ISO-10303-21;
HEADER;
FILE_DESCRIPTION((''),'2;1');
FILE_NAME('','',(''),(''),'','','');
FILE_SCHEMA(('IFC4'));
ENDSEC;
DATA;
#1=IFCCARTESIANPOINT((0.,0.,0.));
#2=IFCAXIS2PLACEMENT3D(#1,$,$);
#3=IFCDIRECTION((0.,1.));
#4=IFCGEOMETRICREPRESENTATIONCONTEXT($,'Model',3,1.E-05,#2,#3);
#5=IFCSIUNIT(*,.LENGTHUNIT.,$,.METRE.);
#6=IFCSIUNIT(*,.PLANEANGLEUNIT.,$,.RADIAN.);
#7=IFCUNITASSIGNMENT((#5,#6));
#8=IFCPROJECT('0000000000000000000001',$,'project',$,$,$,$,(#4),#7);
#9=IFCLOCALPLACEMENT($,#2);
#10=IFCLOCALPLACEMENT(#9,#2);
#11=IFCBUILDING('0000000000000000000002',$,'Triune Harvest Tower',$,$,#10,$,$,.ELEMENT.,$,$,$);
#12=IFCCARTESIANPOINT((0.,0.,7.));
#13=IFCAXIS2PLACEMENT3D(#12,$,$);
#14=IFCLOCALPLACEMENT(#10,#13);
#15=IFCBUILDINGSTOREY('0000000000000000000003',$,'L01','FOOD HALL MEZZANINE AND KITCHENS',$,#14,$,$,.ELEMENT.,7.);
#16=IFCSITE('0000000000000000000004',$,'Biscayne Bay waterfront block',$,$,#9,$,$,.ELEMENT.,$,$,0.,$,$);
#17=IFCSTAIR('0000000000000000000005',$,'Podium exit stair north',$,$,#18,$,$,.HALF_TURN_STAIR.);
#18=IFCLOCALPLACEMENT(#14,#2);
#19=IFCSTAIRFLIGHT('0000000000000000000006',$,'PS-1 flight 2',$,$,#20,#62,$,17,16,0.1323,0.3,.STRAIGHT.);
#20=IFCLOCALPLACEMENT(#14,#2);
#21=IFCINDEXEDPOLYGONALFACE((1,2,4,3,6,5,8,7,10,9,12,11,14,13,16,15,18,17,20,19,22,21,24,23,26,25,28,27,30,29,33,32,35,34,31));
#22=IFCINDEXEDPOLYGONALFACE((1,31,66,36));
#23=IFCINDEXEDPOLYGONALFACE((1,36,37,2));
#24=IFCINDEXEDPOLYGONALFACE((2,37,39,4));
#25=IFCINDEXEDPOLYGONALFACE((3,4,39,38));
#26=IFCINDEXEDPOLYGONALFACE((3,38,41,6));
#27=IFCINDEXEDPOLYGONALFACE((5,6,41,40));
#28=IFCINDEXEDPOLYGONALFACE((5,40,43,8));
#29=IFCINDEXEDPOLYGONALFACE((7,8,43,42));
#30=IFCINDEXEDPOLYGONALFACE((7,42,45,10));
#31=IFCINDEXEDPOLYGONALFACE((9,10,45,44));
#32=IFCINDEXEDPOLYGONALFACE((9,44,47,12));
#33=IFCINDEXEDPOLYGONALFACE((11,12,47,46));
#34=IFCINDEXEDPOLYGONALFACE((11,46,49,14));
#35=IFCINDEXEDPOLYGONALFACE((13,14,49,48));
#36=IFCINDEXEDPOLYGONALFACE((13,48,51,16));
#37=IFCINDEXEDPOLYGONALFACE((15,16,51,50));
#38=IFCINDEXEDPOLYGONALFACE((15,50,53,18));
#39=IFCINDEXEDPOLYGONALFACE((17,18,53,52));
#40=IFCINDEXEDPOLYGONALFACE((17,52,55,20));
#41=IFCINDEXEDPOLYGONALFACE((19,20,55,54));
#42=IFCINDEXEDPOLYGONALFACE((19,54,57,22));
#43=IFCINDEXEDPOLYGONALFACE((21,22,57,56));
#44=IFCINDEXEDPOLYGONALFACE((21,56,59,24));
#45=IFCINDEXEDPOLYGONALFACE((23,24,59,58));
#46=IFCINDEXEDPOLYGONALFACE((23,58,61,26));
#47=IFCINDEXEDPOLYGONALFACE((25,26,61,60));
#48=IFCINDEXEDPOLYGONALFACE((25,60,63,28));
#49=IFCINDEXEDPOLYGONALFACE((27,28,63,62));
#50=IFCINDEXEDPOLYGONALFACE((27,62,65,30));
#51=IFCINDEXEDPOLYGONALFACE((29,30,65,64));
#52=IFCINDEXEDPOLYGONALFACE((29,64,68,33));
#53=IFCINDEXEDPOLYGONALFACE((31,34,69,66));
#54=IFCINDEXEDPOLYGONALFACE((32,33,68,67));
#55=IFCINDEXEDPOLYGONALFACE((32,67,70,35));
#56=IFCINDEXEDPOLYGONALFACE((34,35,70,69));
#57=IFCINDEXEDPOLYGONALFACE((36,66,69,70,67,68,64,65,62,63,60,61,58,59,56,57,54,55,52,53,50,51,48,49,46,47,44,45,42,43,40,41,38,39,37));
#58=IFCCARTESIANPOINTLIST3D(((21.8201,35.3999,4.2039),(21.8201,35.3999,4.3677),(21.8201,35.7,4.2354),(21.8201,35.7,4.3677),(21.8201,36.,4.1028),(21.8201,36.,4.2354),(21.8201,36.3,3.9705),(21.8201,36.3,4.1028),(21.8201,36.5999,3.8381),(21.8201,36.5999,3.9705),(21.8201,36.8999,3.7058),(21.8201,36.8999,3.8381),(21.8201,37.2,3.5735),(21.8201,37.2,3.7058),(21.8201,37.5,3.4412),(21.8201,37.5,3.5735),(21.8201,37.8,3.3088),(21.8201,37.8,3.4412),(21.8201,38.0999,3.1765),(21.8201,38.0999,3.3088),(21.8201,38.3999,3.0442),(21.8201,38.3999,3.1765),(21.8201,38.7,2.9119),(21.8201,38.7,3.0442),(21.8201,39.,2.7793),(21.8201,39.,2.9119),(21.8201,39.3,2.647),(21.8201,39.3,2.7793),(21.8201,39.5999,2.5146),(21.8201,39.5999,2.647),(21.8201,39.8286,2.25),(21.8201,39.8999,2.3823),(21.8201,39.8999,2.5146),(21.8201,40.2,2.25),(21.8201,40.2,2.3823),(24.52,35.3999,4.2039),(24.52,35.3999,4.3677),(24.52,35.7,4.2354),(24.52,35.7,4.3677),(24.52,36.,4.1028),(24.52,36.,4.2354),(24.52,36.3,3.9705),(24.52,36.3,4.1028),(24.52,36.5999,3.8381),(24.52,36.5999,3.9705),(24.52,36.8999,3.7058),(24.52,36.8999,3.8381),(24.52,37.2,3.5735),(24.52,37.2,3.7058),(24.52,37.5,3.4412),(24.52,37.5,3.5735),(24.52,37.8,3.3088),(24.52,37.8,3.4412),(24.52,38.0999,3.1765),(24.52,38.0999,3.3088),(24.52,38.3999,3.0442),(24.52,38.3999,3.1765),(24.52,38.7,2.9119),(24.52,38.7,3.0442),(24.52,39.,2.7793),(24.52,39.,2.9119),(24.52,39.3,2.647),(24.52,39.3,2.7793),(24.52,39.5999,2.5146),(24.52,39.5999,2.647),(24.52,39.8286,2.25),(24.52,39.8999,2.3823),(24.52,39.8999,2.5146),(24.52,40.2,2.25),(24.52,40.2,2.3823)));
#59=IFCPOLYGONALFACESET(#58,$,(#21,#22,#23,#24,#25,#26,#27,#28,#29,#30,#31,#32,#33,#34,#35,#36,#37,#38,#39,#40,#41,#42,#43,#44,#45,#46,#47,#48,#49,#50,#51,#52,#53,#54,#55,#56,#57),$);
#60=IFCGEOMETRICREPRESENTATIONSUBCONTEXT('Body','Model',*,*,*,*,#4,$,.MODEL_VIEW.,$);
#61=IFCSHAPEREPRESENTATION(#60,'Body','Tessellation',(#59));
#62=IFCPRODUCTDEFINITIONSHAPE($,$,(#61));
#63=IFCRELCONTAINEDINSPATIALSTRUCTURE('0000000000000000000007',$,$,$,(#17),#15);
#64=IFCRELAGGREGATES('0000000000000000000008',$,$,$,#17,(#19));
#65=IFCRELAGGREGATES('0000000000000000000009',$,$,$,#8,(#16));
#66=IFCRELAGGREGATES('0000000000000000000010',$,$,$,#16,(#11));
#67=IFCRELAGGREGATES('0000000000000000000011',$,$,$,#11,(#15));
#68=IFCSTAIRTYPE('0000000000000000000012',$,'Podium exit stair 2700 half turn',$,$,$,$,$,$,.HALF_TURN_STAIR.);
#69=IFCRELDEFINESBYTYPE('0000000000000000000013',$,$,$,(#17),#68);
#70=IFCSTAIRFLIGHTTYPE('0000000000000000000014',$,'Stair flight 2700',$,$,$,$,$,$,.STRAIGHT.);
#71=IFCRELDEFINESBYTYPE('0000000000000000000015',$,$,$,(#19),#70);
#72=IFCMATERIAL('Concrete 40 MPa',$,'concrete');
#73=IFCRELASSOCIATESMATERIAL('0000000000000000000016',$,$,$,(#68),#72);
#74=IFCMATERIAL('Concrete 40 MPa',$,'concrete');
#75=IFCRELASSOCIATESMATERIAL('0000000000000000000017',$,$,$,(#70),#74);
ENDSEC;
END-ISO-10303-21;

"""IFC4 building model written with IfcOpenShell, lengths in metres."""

from ifc_helpers import new_model, si_unit, direction, frame, origin, place, context, subcontext, project, spatial, polyline, outline, extrude, source, transform, mapped, material, type_object, element, aggregate, save


model = new_model("IFC4")

# Units and contexts
model_context = context("Model", 3, precision=1e-05, world=origin(), true_north=direction((0.0, 1.0)))
body_context = subcontext(model_context, "Body", "Model", "MODEL_VIEW")
ifc_project = project(units=[si_unit("LENGTHUNIT", "METRE"), si_unit("PLANEANGLEUNIT", "RADIAN")], contexts=[model_context])

# Site, building, storey
site_placement = place(None, origin())
site = spatial("IfcSite", under=ifc_project, at=site_placement, Name="Biscayne Bay waterfront block", CompositionType="ELEMENT", RefElevation=0.0)
building_placement = place(site_placement, origin())
building = spatial("IfcBuilding", under=site, at=building_placement, Name="Triune Harvest Tower", CompositionType="ELEMENT")
storey_placement = place(building_placement, frame((0.0, 0.0, 7.0)))
storey = spatial("IfcBuildingStorey", under=building, at=storey_placement, Name="L01", Description="FOOD HALL MEZZANINE AND KITCHENS", CompositionType="ELEMENT", Elevation=7.0)

# Stair, stair flight
ifc_material_1 = material(Name="Concrete 40 MPa", Category="concrete")
stair_type = type_object("IfcStairType", Name="Podium exit stair 2700 half turn", PredefinedType="HALF_TURN_STAIR", material=ifc_material_1)
stair_placement = place(storey_placement, origin())
stair = element("IfcStair", 1, at=stair_placement, inside=storey, type_object=stair_type, Name="Podium exit stair north", PredefinedType="HALF_TURN_STAIR")
ifc_material_2 = material(Name="Concrete 40 MPa", Category="concrete")
stair_flight_type = type_object("IfcStairFlightType", Name="Stair flight 2700", PredefinedType="STRAIGHT", material=ifc_material_2)
shared_shape_1 = source(origin(), body_context, "Body", "SweptSolid", [
    extrude(outline(polyline([(0.0, 0.0), (0.0, 0.1323), (0.3, 0.1323), (0.3, 0.2646), (0.6001, 0.2646), (0.6001, 0.397), (0.8999, 0.397), (0.8999, 0.5293), (1.2, 0.5293), (1.2, 0.6619), (1.5, 0.6619), (1.5, 0.7942), (1.8, 0.7942), (1.8, 0.9265), (2.1001, 0.9265), (2.1001, 1.0588), (2.3999, 1.0588), (2.3999, 1.1912), (2.7, 1.1912), (2.7, 1.3235), (3.0, 1.3235), (3.0, 1.4558), (3.3, 1.4558), (3.3, 1.5881), (3.6001, 1.5881), (3.6001, 1.7205), (3.8999, 1.7205), (3.8999, 1.8528), (4.2, 1.8528), (4.2, 1.9854), (4.5, 1.9854), (4.5, 2.1177), (4.8, 2.1177), (4.8, 2.25), (4.8, 1.9539), (0.3713, 0.0), (0.0, 0.0)])), frame((0.0, 1.3501, 0.0), z_axis=(0.0, -1.0, 0.0), x_axis=(1.0, 0.0, 0.0)), (0.0, 0.0, 1.0), 2.7),
])
stair_flight_placement = place(storey_placement, frame((23.1699, 40.2, 2.25), z_axis=(0.0, 0.0, 1.0), x_axis=(0.0, -1.0, 0.0)))
stair_flight = element("IfcStairFlight", 2, at=stair_flight_placement, type_object=stair_flight_type, Name="PS-1 flight 2", NumberOfRisers=17, NumberOfTreads=16, PredefinedType="STRAIGHT", RiserHeight=0.1323, TreadLength=0.3, context=body_context, shape_type="MappedRepresentation", body=[
    mapped(shared_shape_1, transform((0.0, 0.0, 0.0), scale=1.0)),
])
aggregate(stair, [stair_flight])

save(model, "model.ifc")
